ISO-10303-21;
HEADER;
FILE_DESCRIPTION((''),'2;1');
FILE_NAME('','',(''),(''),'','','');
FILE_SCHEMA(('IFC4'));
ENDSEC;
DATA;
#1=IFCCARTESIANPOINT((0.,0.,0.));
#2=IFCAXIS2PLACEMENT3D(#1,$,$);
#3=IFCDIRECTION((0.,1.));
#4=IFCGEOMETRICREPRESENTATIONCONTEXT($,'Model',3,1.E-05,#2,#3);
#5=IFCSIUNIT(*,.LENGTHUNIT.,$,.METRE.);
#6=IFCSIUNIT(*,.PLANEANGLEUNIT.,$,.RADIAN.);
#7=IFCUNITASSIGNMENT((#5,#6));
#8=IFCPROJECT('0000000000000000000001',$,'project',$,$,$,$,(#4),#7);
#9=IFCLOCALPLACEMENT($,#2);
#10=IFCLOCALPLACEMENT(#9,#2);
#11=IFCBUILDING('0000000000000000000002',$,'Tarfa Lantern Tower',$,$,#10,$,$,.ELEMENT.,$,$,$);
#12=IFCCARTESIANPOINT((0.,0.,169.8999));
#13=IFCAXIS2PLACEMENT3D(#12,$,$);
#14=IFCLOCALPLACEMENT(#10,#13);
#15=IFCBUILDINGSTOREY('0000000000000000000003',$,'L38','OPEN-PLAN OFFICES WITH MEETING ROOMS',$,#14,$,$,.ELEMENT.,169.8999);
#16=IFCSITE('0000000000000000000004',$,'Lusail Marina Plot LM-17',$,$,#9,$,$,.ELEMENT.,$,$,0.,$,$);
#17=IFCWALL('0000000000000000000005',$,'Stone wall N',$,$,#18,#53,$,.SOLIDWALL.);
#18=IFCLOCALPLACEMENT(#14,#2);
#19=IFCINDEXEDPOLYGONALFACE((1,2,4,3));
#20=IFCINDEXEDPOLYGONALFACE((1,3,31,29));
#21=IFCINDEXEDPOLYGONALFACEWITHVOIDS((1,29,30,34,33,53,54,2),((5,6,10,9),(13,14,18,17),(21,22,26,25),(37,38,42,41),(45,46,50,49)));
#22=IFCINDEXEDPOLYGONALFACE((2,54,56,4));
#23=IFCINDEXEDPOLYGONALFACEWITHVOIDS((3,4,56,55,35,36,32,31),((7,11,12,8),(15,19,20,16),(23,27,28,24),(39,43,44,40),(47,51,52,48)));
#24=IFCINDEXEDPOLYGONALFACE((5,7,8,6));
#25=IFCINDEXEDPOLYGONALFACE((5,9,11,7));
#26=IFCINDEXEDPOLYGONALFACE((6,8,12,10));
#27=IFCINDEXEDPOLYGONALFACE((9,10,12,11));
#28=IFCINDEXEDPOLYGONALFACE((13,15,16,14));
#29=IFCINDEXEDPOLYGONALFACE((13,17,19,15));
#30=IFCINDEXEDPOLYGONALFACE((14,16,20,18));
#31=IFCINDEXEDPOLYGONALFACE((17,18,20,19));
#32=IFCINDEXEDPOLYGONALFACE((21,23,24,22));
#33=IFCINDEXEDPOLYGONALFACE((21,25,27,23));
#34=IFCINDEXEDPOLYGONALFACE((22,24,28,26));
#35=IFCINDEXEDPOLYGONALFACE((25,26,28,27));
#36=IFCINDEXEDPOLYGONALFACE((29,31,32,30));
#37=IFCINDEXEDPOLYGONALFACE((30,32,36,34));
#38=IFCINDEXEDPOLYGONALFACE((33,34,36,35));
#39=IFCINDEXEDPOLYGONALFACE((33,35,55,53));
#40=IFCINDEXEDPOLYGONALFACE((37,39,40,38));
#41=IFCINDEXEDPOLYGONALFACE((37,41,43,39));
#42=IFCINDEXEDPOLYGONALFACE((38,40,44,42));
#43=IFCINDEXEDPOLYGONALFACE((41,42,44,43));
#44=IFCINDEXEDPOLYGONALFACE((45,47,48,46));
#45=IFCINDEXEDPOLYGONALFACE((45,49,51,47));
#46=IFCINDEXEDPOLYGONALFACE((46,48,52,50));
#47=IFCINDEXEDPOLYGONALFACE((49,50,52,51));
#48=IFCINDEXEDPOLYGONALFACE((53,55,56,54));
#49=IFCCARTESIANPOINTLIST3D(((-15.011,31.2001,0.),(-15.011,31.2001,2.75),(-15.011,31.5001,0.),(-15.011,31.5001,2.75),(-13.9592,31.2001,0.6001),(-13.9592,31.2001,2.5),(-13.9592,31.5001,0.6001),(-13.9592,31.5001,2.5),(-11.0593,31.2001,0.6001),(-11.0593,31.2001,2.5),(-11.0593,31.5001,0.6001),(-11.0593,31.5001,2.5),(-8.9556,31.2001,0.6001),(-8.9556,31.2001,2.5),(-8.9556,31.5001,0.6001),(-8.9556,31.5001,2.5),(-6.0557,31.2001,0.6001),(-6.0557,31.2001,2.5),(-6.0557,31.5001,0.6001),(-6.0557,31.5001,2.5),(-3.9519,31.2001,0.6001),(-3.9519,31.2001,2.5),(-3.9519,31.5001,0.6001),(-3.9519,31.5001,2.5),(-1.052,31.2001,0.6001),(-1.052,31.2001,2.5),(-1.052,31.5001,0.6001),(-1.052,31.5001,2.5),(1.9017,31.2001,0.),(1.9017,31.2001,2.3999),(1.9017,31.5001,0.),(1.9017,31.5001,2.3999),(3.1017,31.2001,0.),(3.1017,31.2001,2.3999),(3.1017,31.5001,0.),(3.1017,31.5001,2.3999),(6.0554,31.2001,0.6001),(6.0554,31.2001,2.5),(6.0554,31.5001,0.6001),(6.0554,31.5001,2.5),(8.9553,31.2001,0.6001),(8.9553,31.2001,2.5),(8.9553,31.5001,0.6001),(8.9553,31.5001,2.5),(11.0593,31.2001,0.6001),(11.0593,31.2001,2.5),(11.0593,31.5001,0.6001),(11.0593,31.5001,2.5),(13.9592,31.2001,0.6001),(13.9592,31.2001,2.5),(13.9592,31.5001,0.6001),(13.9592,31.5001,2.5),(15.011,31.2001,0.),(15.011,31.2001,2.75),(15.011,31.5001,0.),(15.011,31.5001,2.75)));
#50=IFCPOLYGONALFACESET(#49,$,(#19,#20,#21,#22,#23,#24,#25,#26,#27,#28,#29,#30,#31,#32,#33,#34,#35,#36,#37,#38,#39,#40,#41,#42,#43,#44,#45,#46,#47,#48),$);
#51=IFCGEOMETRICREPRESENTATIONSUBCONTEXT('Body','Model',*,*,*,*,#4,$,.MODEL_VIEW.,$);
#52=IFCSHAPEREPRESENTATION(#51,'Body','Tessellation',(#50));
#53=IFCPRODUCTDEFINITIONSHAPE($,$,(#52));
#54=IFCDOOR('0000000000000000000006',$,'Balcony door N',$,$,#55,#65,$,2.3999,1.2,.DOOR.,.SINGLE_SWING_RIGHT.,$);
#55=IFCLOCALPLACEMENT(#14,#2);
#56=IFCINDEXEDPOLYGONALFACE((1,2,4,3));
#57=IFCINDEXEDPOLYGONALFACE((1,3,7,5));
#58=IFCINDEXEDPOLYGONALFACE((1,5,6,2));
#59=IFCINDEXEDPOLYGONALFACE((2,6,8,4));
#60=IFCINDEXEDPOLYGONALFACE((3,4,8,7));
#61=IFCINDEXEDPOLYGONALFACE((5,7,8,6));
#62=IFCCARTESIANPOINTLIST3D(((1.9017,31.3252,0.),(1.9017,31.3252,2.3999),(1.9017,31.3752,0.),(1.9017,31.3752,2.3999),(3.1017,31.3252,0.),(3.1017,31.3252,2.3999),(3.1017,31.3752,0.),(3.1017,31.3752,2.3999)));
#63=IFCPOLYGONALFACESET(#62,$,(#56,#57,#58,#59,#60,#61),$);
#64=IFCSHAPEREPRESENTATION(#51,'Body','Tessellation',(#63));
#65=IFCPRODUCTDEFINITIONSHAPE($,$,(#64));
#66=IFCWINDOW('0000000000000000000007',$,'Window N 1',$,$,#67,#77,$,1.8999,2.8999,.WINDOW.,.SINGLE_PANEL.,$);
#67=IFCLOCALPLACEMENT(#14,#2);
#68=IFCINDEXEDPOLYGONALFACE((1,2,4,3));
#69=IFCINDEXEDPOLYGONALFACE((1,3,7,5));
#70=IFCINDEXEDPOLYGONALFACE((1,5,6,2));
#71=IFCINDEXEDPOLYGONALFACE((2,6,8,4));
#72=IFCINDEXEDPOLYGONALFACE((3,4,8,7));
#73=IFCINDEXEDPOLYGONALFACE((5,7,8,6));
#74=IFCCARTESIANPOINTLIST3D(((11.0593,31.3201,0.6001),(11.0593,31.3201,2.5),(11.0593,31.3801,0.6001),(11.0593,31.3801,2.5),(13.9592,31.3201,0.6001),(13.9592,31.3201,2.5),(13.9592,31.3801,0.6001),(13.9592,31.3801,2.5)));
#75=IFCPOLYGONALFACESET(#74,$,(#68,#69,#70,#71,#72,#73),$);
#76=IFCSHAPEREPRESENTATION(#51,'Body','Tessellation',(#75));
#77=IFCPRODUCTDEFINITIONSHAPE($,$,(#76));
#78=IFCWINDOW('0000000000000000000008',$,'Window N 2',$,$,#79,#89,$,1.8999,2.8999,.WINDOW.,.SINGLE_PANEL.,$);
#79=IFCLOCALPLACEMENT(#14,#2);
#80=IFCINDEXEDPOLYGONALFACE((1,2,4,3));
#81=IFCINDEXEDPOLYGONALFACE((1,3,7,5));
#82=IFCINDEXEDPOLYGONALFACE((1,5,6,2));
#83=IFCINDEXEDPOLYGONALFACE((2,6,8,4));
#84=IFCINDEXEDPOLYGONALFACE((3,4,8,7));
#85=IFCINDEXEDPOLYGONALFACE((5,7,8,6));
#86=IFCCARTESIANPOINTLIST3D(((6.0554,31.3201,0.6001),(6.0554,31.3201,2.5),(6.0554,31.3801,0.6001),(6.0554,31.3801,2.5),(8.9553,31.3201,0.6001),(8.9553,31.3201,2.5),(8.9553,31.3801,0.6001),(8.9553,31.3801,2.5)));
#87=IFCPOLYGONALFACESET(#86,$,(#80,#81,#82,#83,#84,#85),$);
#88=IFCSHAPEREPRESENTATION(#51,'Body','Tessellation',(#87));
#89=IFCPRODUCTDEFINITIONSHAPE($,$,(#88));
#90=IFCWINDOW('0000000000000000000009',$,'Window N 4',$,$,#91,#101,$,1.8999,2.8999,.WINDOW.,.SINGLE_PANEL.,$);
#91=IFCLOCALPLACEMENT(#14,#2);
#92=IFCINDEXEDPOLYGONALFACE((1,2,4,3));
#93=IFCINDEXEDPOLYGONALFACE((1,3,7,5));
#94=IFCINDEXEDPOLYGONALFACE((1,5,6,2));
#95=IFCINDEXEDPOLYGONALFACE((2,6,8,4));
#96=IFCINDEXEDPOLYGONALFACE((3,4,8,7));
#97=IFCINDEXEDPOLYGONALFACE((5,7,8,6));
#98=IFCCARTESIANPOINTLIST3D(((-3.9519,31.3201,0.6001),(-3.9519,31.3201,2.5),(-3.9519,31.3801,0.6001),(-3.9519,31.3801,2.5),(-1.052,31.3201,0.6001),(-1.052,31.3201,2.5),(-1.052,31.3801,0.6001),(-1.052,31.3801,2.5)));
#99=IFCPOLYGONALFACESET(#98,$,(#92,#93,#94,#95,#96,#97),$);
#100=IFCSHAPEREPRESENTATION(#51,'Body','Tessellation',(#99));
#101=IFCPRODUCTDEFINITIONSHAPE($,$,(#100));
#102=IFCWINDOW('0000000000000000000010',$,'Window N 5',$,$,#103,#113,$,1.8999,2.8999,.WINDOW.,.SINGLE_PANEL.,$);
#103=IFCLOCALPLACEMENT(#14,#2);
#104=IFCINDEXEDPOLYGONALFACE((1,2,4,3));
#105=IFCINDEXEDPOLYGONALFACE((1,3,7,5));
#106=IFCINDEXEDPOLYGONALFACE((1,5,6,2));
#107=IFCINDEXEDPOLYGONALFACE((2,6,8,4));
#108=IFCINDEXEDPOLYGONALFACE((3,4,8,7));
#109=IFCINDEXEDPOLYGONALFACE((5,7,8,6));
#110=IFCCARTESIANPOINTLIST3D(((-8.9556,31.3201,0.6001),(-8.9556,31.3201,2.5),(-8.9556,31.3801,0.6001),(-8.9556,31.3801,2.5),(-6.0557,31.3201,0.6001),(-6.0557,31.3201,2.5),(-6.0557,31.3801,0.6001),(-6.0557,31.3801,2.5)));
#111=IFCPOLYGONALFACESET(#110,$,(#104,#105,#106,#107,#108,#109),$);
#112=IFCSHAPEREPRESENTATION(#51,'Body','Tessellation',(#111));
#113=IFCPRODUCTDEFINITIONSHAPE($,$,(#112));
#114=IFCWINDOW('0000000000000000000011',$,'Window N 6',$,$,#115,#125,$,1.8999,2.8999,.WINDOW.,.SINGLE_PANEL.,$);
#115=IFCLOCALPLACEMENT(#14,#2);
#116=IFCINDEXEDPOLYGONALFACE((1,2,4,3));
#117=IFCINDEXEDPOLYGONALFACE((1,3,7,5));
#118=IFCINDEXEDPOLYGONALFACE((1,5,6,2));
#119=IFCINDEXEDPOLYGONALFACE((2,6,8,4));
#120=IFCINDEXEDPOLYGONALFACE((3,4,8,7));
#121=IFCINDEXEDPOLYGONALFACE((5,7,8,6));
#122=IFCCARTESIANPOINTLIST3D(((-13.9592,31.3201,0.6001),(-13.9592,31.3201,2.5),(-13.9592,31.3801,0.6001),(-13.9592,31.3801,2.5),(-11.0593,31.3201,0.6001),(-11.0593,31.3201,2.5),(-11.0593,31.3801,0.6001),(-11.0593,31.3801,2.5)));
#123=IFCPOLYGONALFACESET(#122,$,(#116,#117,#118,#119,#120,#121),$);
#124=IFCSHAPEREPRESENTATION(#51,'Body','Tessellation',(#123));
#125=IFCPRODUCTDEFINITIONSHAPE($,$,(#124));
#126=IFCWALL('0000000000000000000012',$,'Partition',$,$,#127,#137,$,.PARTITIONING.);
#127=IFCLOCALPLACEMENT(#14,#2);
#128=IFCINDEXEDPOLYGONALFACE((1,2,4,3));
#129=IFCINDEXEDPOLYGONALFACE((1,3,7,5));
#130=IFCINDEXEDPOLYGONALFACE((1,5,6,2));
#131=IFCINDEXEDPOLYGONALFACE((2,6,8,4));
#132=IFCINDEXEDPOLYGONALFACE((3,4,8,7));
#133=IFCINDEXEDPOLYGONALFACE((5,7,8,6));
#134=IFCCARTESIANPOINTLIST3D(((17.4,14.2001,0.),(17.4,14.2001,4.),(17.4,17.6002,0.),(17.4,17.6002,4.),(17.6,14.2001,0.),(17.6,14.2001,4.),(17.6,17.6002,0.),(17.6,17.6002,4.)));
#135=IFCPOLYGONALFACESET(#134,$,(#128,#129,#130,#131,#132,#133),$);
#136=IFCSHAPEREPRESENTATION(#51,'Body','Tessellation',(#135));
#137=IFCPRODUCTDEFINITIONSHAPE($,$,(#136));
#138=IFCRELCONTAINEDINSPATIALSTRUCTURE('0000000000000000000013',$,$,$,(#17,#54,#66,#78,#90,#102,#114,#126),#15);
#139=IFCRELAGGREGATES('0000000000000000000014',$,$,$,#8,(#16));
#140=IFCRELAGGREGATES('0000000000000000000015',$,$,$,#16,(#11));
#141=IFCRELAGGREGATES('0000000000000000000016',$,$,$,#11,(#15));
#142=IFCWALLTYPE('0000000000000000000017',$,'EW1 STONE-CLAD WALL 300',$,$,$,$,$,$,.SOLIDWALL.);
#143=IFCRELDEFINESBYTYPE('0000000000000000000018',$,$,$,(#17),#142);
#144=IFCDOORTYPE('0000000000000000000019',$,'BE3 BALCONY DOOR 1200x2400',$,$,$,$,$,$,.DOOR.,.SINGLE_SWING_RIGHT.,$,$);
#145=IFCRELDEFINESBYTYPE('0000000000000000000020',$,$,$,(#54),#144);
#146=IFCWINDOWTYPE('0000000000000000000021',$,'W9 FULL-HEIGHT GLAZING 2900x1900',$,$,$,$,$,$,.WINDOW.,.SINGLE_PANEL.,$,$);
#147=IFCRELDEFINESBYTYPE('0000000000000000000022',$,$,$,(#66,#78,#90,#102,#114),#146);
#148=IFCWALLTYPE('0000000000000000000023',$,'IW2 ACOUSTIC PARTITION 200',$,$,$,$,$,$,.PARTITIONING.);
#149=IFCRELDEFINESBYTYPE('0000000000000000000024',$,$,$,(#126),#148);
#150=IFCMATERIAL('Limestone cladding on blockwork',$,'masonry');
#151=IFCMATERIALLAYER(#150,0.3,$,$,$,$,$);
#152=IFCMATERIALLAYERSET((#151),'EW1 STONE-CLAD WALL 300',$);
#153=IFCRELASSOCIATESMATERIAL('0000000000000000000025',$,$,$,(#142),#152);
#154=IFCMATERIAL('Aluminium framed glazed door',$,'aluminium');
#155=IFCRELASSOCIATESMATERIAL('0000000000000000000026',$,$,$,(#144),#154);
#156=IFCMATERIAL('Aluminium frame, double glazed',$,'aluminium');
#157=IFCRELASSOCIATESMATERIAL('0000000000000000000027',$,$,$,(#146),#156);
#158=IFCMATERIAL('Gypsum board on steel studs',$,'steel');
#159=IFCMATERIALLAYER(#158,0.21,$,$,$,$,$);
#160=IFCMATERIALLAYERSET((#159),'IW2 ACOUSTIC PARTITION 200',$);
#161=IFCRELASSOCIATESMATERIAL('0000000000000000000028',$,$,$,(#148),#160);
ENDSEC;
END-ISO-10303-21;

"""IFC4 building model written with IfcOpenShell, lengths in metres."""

from ifc_helpers import new_model, si_unit, direction, frame, frame_2d, origin, place, context, subcontext, project, spatial, rectangle, extrude, material, layer, layer_set, type_object, element, fill, save


model = new_model("IFC4")

# Units and contexts
model_context = context("Model", 3, precision=1e-05, world=origin(), true_north=direction((0.0, 1.0)))
body_context = subcontext(model_context, "Body", "Model", "MODEL_VIEW")
ifc_project = project(units=[si_unit("LENGTHUNIT", "METRE"), si_unit("PLANEANGLEUNIT", "RADIAN")], contexts=[model_context])

# Site, building, storey
site_placement = place(None, origin())
site = spatial("IfcSite", under=ifc_project, at=site_placement, Name="Lusail Marina Plot LM-17", CompositionType="ELEMENT", RefElevation=0.0)
building_placement = place(site_placement, origin())
building = spatial("IfcBuilding", under=site, at=building_placement, Name="Tarfa Lantern Tower", CompositionType="ELEMENT")
storey_placement = place(building_placement, frame((0.0, 0.0, 169.8999)))
storey = spatial("IfcBuildingStorey", under=building, at=storey_placement, Name="L38", Description="OPEN-PLAN OFFICES WITH MEETING ROOMS", CompositionType="ELEMENT", Elevation=169.8999)

# Wall, openings, door, windows
ifc_material_1 = material(Name="Limestone cladding on blockwork", Category="masonry")
ifc_layer_1 = layer(ifc_material_1, 0.3)
ifc_layer_set_1 = layer_set([ifc_layer_1], Name="EW1 STONE-CLAD WALL 300")
wall_type_1 = type_object("IfcWallType", Name="EW1 STONE-CLAD WALL 300", PredefinedType="SOLIDWALL", material=ifc_layer_set_1)
wall_1_placement = place(storey_placement, frame((15.011, 31.3501, 0.0), z_axis=(0.0, 0.0, 1.0), x_axis=(-1.0, 0.0, 0.0)))
wall_1 = element("IfcWall", 1, at=wall_1_placement, inside=storey, type_object=wall_type_1, Name="Stone wall N", PredefinedType="SOLIDWALL", context=body_context, shape_type="SweptSolid", body=[
    extrude(rectangle(XDim=30.022, YDim=0.3, at=frame_2d((15.011, 0.0))), origin(), (0.0, 0.0, 1.0), 2.75),
])
opening_1_placement = place(wall_1_placement, frame((1.0518, 0.0, 0.6001)))
opening_1 = element("IfcOpeningElement", 2, at=opening_1_placement, cuts=wall_1, PredefinedType="OPENING", context=body_context, shape_type="SweptSolid", body=[
    extrude(rectangle(XDim=2.8999, YDim=1.8999, at=frame_2d((1.45, 0.95))), frame((0.0, 0.1599, 0.0), z_axis=(0.0, -1.0, 0.0), x_axis=(1.0, 0.0, 0.0)), (0.0, 0.0, 1.0), 0.3201),
])
opening_2_placement = place(wall_1_placement, frame((6.0557, 0.0, 0.6001)))
opening_2 = element("IfcOpeningElement", 3, at=opening_2_placement, cuts=wall_1, PredefinedType="OPENING", context=body_context, shape_type="SweptSolid", body=[
    extrude(rectangle(XDim=2.8999, YDim=1.8999, at=frame_2d((1.45, 0.95))), frame((0.0, 0.1599, 0.0), z_axis=(0.0, -1.0, 0.0), x_axis=(1.0, 0.0, 0.0)), (0.0, 0.0, 1.0), 0.3201),
])
opening_3_placement = place(wall_1_placement, frame((11.9092, 0.0, 0.0)))
opening_3 = element("IfcOpeningElement", 4, at=opening_3_placement, cuts=wall_1, PredefinedType="OPENING", context=body_context, shape_type="SweptSolid", body=[
    extrude(rectangle(XDim=1.2, YDim=2.3999, at=frame_2d((0.6001, 1.2))), frame((0.0, 0.1599, 0.0), z_axis=(0.0, -1.0, 0.0), x_axis=(1.0, 0.0, 0.0)), (0.0, 0.0, 1.0), 0.3201),
])
opening_4_placement = place(wall_1_placement, frame((16.063, 0.0, 0.6001)))
opening_4 = element("IfcOpeningElement", 5, at=opening_4_placement, cuts=wall_1, PredefinedType="OPENING", context=body_context, shape_type="SweptSolid", body=[
    extrude(rectangle(XDim=2.8999, YDim=1.8999, at=frame_2d((1.45, 0.95))), frame((0.0, 0.1599, 0.0), z_axis=(0.0, -1.0, 0.0), x_axis=(1.0, 0.0, 0.0)), (0.0, 0.0, 1.0), 0.3201),
])
opening_5_placement = place(wall_1_placement, frame((21.0667, 0.0, 0.6001)))
opening_5 = element("IfcOpeningElement", 6, at=opening_5_placement, cuts=wall_1, PredefinedType="OPENING", context=body_context, shape_type="SweptSolid", body=[
    extrude(rectangle(XDim=2.8999, YDim=1.8999, at=frame_2d((1.45, 0.95))), frame((0.0, 0.1599, 0.0), z_axis=(0.0, -1.0, 0.0), x_axis=(1.0, 0.0, 0.0)), (0.0, 0.0, 1.0), 0.3201),
])
opening_6_placement = place(wall_1_placement, frame((26.0703, 0.0, 0.6001)))
opening_6 = element("IfcOpeningElement", 7, at=opening_6_placement, cuts=wall_1, PredefinedType="OPENING", context=body_context, shape_type="SweptSolid", body=[
    extrude(rectangle(XDim=2.8999, YDim=1.8999, at=frame_2d((1.45, 0.95))), frame((0.0, 0.1599, 0.0), z_axis=(0.0, -1.0, 0.0), x_axis=(1.0, 0.0, 0.0)), (0.0, 0.0, 1.0), 0.3201),
])
ifc_material_2 = material(Name="Aluminium framed glazed door", Category="aluminium")
door_type = type_object("IfcDoorType", Name="BE3 BALCONY DOOR 1200x2400", OperationType="SINGLE_SWING_RIGHT", PredefinedType="DOOR", material=ifc_material_2)
door_placement = place(opening_3_placement, origin())
door = element("IfcDoor", 8, at=door_placement, inside=storey, type_object=door_type, Name="Balcony door N", OperationType="SINGLE_SWING_RIGHT", OverallHeight=2.3999, OverallWidth=1.2, PredefinedType="DOOR", context=body_context, shape_type="SweptSolid", body=[
    extrude(rectangle(XDim=1.2, YDim=2.3999, at=frame_2d((0.6001, 1.2))), frame((0.0, 0.0249, 0.0), z_axis=(0.0, -1.0, 0.0), x_axis=(1.0, 0.0, 0.0)), (0.0, 0.0, 1.0), 0.05),
])
fill(opening_3, door)
ifc_material_3 = material(Name="Aluminium frame, double glazed", Category="aluminium")
window_type = type_object("IfcWindowType", Name="W9 FULL-HEIGHT GLAZING 2900x1900", PartitioningType="SINGLE_PANEL", PredefinedType="WINDOW", material=ifc_material_3)
window_1_placement = place(opening_1_placement, origin())
window_1 = element("IfcWindow", 9, at=window_1_placement, inside=storey, type_object=window_type, Name="Window N 1", OverallHeight=1.8999, OverallWidth=2.8999, PartitioningType="SINGLE_PANEL", PredefinedType="WINDOW", context=body_context, shape_type="SweptSolid", body=[
    extrude(rectangle(XDim=2.8999, YDim=1.8999, at=frame_2d((1.45, 0.95))), frame((0.0, 0.03, 0.0), z_axis=(0.0, -1.0, 0.0), x_axis=(1.0, 0.0, 0.0)), (0.0, 0.0, 1.0), 0.0601),
])
fill(opening_1, window_1)
window_2_placement = place(opening_2_placement, origin())
window_2 = element("IfcWindow", 10, at=window_2_placement, inside=storey, type_object=window_type, Name="Window N 2", OverallHeight=1.8999, OverallWidth=2.8999, PartitioningType="SINGLE_PANEL", PredefinedType="WINDOW", context=body_context, shape_type="SweptSolid", body=[
    extrude(rectangle(XDim=2.8999, YDim=1.8999, at=frame_2d((1.45, 0.95))), frame((0.0, 0.03, 0.0), z_axis=(0.0, -1.0, 0.0), x_axis=(1.0, 0.0, 0.0)), (0.0, 0.0, 1.0), 0.0601),
])
fill(opening_2, window_2)
window_3_placement = place(opening_4_placement, origin())
window_3 = element("IfcWindow", 11, at=window_3_placement, inside=storey, type_object=window_type, Name="Window N 4", OverallHeight=1.8999, OverallWidth=2.8999, PartitioningType="SINGLE_PANEL", PredefinedType="WINDOW", context=body_context, shape_type="SweptSolid", body=[
    extrude(rectangle(XDim=2.8999, YDim=1.8999, at=frame_2d((1.45, 0.95))), frame((0.0, 0.03, 0.0), z_axis=(0.0, -1.0, 0.0), x_axis=(1.0, 0.0, 0.0)), (0.0, 0.0, 1.0), 0.0601),
])
fill(opening_4, window_3)
window_4_placement = place(opening_5_placement, origin())
window_4 = element("IfcWindow", 12, at=window_4_placement, inside=storey, type_object=window_type, Name="Window N 5", OverallHeight=1.8999, OverallWidth=2.8999, PartitioningType="SINGLE_PANEL", PredefinedType="WINDOW", context=body_context, shape_type="SweptSolid", body=[
    extrude(rectangle(XDim=2.8999, YDim=1.8999, at=frame_2d((1.45, 0.95))), frame((0.0, 0.03, 0.0), z_axis=(0.0, -1.0, 0.0), x_axis=(1.0, 0.0, 0.0)), (0.0, 0.0, 1.0), 0.0601),
])
fill(opening_5, window_4)
window_5_placement = place(opening_6_placement, origin())
window_5 = element("IfcWindow", 13, at=window_5_placement, inside=storey, type_object=window_type, Name="Window N 6", OverallHeight=1.8999, OverallWidth=2.8999, PartitioningType="SINGLE_PANEL", PredefinedType="WINDOW", context=body_context, shape_type="SweptSolid", body=[
    extrude(rectangle(XDim=2.8999, YDim=1.8999, at=frame_2d((1.45, 0.95))), frame((0.0, 0.03, 0.0), z_axis=(0.0, -1.0, 0.0), x_axis=(1.0, 0.0, 0.0)), (0.0, 0.0, 1.0), 0.0601),
])
fill(opening_6, window_5)

# Wall
ifc_material_4 = material(Name="Gypsum board on steel studs", Category="steel")
ifc_layer_2 = layer(ifc_material_4, 0.21)
ifc_layer_set_2 = layer_set([ifc_layer_2], Name="IW2 ACOUSTIC PARTITION 200")
wall_type_2 = type_object("IfcWallType", Name="IW2 ACOUSTIC PARTITION 200", PredefinedType="PARTITIONING", material=ifc_layer_set_2)
wall_2_placement = place(storey_placement, frame((17.5, 14.2, 0.0), z_axis=(0.0, 0.0, 1.0), x_axis=(0.0, 1.0, 0.0)))
element("IfcWall", 14, at=wall_2_placement, inside=storey, type_object=wall_type_2, Name="Partition", PredefinedType="PARTITIONING", context=body_context, shape_type="SweptSolid", body=[
    extrude(rectangle(XDim=3.4001, YDim=0.2, at=frame_2d((1.7002, 0.0))), origin(), (0.0, 0.0, 1.0), 4.0),
])

save(model, "model.ifc")
